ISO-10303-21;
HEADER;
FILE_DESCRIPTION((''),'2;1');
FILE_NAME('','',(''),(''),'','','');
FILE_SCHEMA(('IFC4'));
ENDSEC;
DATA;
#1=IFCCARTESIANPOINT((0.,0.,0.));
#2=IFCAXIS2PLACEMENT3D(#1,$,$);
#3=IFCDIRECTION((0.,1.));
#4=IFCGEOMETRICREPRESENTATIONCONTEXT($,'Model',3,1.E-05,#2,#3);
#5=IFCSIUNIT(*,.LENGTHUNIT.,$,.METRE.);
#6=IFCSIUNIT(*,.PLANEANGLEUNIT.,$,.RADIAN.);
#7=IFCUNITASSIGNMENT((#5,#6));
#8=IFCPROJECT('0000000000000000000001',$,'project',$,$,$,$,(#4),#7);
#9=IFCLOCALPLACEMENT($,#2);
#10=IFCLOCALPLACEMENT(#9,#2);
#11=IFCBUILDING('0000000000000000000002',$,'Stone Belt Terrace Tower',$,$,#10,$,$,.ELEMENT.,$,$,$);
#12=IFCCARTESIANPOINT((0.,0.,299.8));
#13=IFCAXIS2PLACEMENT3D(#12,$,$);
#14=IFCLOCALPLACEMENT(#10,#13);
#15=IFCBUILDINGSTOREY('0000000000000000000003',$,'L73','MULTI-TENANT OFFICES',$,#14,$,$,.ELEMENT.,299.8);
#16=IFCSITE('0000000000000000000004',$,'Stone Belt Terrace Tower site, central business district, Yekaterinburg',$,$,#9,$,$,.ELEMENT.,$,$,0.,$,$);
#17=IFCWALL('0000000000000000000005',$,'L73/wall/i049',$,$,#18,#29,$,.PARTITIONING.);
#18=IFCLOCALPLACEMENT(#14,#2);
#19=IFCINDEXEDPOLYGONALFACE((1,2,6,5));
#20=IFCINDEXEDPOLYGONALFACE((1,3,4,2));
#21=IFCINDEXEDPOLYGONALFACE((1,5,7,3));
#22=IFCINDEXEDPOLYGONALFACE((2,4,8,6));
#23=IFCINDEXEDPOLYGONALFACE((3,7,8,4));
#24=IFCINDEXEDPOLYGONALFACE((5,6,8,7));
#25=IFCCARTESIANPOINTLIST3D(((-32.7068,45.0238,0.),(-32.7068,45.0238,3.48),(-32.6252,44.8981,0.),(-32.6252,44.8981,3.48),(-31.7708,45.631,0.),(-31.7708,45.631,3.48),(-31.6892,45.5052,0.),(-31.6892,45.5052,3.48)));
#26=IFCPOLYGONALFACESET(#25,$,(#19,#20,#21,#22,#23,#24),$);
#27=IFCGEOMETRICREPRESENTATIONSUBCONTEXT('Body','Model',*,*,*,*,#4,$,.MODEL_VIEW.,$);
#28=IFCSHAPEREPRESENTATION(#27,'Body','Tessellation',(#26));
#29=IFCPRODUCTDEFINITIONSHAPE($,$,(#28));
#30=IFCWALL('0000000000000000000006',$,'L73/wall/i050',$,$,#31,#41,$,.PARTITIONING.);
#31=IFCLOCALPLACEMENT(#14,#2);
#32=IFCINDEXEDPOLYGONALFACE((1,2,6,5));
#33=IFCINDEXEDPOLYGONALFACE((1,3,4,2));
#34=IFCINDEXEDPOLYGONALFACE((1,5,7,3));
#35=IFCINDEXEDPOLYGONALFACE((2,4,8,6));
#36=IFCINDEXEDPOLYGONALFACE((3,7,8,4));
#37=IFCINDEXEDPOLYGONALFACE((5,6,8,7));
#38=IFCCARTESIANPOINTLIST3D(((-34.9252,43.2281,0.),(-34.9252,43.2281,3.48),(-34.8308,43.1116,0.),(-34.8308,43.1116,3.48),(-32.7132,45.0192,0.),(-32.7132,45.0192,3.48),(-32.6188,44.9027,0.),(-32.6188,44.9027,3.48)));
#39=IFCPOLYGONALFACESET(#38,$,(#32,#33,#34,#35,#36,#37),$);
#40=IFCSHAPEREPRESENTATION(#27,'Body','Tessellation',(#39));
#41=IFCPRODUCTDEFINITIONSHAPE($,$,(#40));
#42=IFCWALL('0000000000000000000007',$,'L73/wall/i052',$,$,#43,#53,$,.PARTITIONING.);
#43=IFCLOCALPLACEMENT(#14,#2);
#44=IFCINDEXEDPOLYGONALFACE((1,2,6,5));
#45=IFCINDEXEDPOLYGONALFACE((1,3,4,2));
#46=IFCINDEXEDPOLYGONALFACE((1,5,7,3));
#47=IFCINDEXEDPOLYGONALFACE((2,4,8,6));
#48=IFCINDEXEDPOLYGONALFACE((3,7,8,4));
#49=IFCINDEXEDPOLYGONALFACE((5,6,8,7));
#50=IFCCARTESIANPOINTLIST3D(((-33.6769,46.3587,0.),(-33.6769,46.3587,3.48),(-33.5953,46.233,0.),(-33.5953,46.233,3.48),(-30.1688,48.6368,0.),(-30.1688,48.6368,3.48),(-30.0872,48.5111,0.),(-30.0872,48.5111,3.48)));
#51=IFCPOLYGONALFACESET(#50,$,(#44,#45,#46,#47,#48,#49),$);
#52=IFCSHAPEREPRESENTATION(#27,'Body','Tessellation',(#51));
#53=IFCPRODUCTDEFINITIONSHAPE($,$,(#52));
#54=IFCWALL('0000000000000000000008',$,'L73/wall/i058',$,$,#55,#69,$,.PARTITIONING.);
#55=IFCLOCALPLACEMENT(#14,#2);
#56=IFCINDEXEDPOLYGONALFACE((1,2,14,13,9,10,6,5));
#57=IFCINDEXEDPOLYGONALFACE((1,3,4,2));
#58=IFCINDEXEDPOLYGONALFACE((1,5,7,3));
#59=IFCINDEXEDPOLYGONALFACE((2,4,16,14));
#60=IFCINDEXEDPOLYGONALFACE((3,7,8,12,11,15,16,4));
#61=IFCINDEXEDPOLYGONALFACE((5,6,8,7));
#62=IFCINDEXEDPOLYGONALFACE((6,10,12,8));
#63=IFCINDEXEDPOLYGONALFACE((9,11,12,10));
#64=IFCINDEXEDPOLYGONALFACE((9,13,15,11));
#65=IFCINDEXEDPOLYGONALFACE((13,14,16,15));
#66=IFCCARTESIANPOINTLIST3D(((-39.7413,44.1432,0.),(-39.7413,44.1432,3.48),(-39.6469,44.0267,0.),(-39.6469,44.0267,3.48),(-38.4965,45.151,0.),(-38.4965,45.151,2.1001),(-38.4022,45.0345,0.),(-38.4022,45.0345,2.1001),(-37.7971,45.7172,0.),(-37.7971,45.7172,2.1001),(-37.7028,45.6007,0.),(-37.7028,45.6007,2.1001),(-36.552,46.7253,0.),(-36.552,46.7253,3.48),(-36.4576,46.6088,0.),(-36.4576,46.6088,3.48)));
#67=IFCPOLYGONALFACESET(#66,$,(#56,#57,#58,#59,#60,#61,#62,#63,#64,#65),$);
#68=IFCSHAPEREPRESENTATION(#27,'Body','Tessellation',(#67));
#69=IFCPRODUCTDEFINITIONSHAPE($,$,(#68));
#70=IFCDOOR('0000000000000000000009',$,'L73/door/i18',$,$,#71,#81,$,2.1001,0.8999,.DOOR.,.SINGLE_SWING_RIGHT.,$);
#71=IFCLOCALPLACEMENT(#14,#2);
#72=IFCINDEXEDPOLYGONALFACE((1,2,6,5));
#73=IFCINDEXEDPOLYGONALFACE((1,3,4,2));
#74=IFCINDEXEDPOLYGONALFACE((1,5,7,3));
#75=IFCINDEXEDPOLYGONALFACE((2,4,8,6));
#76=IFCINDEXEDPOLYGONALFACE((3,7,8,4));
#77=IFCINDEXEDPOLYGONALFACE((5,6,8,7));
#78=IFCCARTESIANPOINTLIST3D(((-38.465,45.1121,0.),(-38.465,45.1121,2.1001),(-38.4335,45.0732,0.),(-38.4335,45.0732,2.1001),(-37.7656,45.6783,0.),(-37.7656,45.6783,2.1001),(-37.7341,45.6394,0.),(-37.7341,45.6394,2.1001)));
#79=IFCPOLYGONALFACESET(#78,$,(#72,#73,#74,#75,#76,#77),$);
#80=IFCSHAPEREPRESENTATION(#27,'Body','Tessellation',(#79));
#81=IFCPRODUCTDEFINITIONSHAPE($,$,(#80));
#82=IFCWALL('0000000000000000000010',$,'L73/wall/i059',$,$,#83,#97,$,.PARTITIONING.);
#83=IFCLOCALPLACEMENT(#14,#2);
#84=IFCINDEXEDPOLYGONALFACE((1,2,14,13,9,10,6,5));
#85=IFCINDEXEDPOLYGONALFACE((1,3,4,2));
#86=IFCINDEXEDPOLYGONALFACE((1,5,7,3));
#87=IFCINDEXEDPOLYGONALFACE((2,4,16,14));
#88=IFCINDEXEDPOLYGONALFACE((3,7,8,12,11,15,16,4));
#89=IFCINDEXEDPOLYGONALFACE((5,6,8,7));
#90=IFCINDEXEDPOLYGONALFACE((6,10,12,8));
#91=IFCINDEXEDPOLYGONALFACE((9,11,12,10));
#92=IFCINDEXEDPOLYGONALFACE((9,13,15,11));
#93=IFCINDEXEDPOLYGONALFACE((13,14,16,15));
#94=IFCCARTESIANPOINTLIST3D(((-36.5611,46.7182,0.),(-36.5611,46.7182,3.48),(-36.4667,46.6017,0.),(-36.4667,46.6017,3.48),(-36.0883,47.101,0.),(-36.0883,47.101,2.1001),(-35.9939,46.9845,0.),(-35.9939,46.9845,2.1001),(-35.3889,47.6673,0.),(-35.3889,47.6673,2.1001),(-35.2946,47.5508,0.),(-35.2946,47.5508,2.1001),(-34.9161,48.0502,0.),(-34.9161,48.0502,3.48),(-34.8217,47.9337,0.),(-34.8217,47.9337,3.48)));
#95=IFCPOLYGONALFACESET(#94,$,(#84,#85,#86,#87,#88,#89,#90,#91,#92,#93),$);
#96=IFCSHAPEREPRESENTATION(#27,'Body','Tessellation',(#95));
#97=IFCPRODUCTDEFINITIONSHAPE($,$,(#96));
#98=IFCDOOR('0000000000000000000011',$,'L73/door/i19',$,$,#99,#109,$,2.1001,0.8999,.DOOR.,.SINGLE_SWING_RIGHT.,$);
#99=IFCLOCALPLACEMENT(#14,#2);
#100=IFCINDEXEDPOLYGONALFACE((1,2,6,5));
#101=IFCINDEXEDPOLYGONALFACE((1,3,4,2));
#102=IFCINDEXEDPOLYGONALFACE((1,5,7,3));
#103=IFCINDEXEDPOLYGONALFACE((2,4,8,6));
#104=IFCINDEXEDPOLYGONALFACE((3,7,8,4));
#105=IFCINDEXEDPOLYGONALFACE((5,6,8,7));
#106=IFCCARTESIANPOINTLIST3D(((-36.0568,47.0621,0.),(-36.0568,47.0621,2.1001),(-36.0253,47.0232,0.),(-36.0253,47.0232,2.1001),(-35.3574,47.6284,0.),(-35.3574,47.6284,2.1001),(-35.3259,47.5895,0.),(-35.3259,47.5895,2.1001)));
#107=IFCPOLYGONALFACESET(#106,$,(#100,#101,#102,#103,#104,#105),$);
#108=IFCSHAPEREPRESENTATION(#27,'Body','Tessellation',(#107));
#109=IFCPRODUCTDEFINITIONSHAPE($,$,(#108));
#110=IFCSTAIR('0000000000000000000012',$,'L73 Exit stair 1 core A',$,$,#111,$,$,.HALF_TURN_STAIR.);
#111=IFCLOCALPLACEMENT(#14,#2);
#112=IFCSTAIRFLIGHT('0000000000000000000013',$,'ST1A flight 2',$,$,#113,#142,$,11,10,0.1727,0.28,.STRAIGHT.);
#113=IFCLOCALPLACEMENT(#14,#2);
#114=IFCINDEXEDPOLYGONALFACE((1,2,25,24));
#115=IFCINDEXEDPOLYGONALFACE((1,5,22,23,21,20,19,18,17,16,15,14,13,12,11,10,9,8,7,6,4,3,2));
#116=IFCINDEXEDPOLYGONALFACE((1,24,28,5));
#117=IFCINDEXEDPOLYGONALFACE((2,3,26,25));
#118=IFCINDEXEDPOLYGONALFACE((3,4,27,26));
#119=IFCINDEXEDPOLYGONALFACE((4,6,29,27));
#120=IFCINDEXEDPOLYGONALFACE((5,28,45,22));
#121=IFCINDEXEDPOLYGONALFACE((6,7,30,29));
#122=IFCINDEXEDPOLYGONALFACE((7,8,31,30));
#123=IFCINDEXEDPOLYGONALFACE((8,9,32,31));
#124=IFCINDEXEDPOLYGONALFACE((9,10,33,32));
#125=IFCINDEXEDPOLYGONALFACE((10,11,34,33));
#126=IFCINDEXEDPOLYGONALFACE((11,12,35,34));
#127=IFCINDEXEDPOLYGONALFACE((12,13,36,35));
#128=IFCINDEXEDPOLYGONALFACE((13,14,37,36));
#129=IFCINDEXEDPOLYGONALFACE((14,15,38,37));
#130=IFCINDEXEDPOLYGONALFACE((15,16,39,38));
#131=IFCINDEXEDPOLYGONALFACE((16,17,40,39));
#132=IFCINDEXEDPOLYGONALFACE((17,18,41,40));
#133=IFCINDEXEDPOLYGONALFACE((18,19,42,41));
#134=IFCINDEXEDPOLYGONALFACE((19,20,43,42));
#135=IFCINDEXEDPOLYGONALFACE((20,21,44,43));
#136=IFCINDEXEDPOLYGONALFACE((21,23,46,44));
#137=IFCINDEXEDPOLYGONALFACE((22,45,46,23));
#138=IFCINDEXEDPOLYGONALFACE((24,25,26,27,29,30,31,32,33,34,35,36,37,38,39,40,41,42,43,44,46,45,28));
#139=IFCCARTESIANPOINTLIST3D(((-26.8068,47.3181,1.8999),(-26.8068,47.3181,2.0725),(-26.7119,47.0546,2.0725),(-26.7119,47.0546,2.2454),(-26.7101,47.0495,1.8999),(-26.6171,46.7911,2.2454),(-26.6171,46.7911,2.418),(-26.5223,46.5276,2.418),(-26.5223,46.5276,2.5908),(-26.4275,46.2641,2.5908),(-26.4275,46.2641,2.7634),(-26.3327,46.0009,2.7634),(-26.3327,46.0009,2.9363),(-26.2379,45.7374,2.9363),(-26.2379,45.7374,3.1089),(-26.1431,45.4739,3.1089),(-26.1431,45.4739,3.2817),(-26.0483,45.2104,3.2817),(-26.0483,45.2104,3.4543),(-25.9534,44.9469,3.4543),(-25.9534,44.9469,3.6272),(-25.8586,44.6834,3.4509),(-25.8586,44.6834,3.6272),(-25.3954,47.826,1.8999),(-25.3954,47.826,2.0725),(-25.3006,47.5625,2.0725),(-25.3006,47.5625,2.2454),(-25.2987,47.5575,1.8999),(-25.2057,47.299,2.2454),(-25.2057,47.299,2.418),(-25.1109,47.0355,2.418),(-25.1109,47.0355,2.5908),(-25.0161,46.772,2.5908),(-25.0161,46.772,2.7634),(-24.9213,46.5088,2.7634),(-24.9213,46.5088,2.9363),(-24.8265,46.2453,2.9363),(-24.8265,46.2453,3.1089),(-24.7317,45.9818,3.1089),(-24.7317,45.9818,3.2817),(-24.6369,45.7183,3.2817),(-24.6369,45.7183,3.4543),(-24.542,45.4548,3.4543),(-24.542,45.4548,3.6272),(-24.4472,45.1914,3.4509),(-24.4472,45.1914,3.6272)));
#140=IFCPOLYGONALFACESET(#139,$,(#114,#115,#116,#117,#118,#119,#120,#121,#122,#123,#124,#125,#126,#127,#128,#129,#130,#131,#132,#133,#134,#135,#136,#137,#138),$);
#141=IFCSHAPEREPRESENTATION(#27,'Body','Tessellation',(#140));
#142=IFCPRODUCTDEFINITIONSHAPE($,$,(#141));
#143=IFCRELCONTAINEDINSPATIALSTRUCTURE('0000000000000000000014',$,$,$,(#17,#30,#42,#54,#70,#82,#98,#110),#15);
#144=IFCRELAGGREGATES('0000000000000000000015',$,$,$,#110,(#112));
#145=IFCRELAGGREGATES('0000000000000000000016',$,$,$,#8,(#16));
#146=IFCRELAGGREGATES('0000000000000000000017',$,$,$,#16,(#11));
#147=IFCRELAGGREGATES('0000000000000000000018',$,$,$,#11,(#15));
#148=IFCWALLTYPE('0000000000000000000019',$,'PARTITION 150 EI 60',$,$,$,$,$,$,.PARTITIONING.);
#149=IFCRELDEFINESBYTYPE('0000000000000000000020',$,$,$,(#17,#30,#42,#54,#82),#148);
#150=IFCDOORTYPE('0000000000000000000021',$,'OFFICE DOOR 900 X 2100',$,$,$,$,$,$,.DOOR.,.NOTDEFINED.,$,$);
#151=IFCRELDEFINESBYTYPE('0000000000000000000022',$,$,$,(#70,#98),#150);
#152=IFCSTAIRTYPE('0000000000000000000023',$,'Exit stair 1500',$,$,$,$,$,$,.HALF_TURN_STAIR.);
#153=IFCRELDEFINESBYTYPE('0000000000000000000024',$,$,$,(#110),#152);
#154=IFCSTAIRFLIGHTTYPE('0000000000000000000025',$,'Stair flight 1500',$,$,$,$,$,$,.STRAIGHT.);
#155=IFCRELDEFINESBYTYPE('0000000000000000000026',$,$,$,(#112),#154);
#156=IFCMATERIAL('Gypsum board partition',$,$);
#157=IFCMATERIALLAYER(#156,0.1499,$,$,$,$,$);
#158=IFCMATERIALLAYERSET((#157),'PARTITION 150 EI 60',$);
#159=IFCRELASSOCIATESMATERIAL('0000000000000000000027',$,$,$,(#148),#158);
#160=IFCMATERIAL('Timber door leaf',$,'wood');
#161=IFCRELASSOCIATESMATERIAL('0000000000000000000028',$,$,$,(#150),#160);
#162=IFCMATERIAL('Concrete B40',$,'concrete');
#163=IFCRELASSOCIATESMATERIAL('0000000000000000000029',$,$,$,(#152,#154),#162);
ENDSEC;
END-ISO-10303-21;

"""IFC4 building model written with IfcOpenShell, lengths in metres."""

from ifc_helpers import new_model, si_unit, direction, frame, frame_2d, origin, place, context, subcontext, project, spatial, polyline, rectangle, outline, extrude, material, layer, layer_set, type_object, element, fill, aggregate, save


model = new_model("IFC4")

# Units and contexts
model_context = context("Model", 3, precision=1e-05, world=origin(), true_north=direction((0.0, 1.0)))
body_context = subcontext(model_context, "Body", "Model", "MODEL_VIEW")
ifc_project = project(units=[si_unit("LENGTHUNIT", "METRE"), si_unit("PLANEANGLEUNIT", "RADIAN")], contexts=[model_context])

# Site, building, storey
site_placement = place(None, origin())
site = spatial("IfcSite", under=ifc_project, at=site_placement, Name="Stone Belt Terrace Tower site, central business district, Yekaterinburg", CompositionType="ELEMENT", RefElevation=0.0)
building_placement = place(site_placement, origin())
building = spatial("IfcBuilding", under=site, at=building_placement, Name="Stone Belt Terrace Tower", CompositionType="ELEMENT")
storey_placement = place(building_placement, frame((0.0, 0.0, 299.8)))
storey = spatial("IfcBuildingStorey", under=building, at=storey_placement, Name="L73", Description="MULTI-TENANT OFFICES", CompositionType="ELEMENT", Elevation=299.8)

# Walls
ifc_material_1 = material(Name="Gypsum board partition")
ifc_layer_1 = layer(ifc_material_1, 0.1499)
ifc_layer_set_1 = layer_set([ifc_layer_1], Name="PARTITION 150 EI 60")
wall_type_1 = type_object("IfcWallType", Name="PARTITION 150 EI 60", PredefinedType="PARTITIONING", material=ifc_layer_set_1)
wall_1_placement = place(storey_placement, frame((-31.73, 45.5681, 0.0), z_axis=(0.0, 0.0, 1.0), x_axis=(-0.838953, -0.544204, 0.0)))
element("IfcWall", 1, at=wall_1_placement, inside=storey, type_object=wall_type_1, Name="L73/wall/i049", PredefinedType="PARTITIONING", context=body_context, shape_type="SweptSolid", body=[
    extrude(rectangle(XDim=1.1157, YDim=0.1499, at=frame_2d((0.5579, 0.0))), origin(), (0.0, 0.0, 1.0), 3.48),
])
wall_2_placement = place(storey_placement, frame((-32.666, 44.9609, 0.0), z_axis=(0.0, 0.0, 1.0), x_axis=(-0.777173, -0.629287, 0.0)))
element("IfcWall", 2, at=wall_2_placement, inside=storey, type_object=wall_type_1, Name="L73/wall/i050", PredefinedType="PARTITIONING", context=body_context, shape_type="SweptSolid", body=[
    extrude(rectangle(XDim=2.8462, YDim=0.1499, at=frame_2d((1.4231, 0.0))), origin(), (0.0, 0.0, 1.0), 3.48),
])
wall_3_placement = place(storey_placement, frame((-33.636, 46.2959, 0.0), z_axis=(0.0, 0.0, 1.0), x_axis=(0.83868, 0.544625, 0.0)))
element("IfcWall", 3, at=wall_3_placement, inside=storey, type_object=wall_type_1, Name="L73/wall/i052", PredefinedType="PARTITIONING", context=body_context, shape_type="SweptSolid", body=[
    extrude(rectangle(XDim=4.1829, YDim=0.1499, at=frame_2d((2.0913, 0.0))), origin(), (0.0, 0.0, 1.0), 3.48),
])

# Walls, openings, doors
wall_4_placement = place(storey_placement, frame((-39.6941, 44.085, 0.0), z_axis=(0.0, 0.0, 1.0), x_axis=(0.77721, 0.629241, 0.0)))
wall_4 = element("IfcWall", 4, at=wall_4_placement, inside=storey, type_object=wall_type_1, Name="L73/wall/i058", PredefinedType="PARTITIONING", context=body_context, shape_type="SweptSolid", body=[
    extrude(rectangle(XDim=4.1035, YDim=0.1499, at=frame_2d((2.0518, 0.0))), origin(), (0.0, 0.0, 1.0), 3.48),
])
opening_1_placement = place(wall_4_placement, frame((1.6016, 0.0, 0.0)))
opening_1 = element("IfcOpeningElement", 5, at=opening_1_placement, cuts=wall_4, PredefinedType="OPENING", context=body_context, shape_type="SweptSolid", body=[
    extrude(rectangle(XDim=0.8999, YDim=2.1001, at=frame_2d((0.45, 1.05))), frame((0.0, 0.085, 0.0), z_axis=(0.0, -1.0, 0.0), x_axis=(1.0, 0.0, 0.0)), (0.0, 0.0, 1.0), 0.1699),
])
ifc_material_2 = material(Name="Timber door leaf", Category="wood")
door_type = type_object("IfcDoorType", Name="OFFICE DOOR 900 X 2100", OperationType="NOTDEFINED", PredefinedType="DOOR", material=ifc_material_2)
door_1_placement = place(opening_1_placement, origin())
door_1 = element("IfcDoor", 6, at=door_1_placement, inside=storey, type_object=door_type, Name="L73/door/i18", OperationType="SINGLE_SWING_RIGHT", OverallHeight=2.1001, OverallWidth=0.8999, PredefinedType="DOOR", context=body_context, shape_type="SweptSolid", body=[
    extrude(rectangle(XDim=0.8999, YDim=2.1001, at=frame_2d((0.45, 1.05))), frame((0.0, 0.0249, 0.0), z_axis=(0.0, -1.0, 0.0), x_axis=(1.0, 0.0, 0.0)), (0.0, 0.0, 1.0), 0.05),
])
fill(opening_1, door_1)
wall_5_placement = place(storey_placement, frame((-36.5139, 46.6599, 0.0), z_axis=(0.0, 0.0, 1.0), x_axis=(0.777164, 0.629298, 0.0)))
wall_5 = element("IfcWall", 7, at=wall_5_placement, inside=storey, type_object=wall_type_1, Name="L73/wall/i059", PredefinedType="PARTITIONING", context=body_context, shape_type="SweptSolid", body=[
    extrude(rectangle(XDim=2.1167, YDim=0.1499, at=frame_2d((1.0583, 0.0))), origin(), (0.0, 0.0, 1.0), 3.48),
])
opening_2_placement = place(wall_5_placement, frame((0.6084, 0.0, 0.0)))
opening_2 = element("IfcOpeningElement", 8, at=opening_2_placement, cuts=wall_5, PredefinedType="OPENING", context=body_context, shape_type="SweptSolid", body=[
    extrude(rectangle(XDim=0.8999, YDim=2.1001, at=frame_2d((0.45, 1.05))), frame((0.0, 0.085, 0.0), z_axis=(0.0, -1.0, 0.0), x_axis=(1.0, 0.0, 0.0)), (0.0, 0.0, 1.0), 0.1699),
])
door_2_placement = place(opening_2_placement, origin())
door_2 = element("IfcDoor", 9, at=door_2_placement, inside=storey, type_object=door_type, Name="L73/door/i19", OperationType="SINGLE_SWING_RIGHT", OverallHeight=2.1001, OverallWidth=0.8999, PredefinedType="DOOR", context=body_context, shape_type="SweptSolid", body=[
    extrude(rectangle(XDim=0.8999, YDim=2.1001, at=frame_2d((0.45, 1.05))), frame((0.0, 0.0249, 0.0), z_axis=(0.0, -1.0, 0.0), x_axis=(1.0, 0.0, 0.0)), (0.0, 0.0, 1.0), 0.05),
])
fill(opening_2, door_2)

# Stair, stair flight
ifc_material_3 = material(Name="Concrete B40", Category="concrete")
stair_type = type_object("IfcStairType", Name="Exit stair 1500", PredefinedType="HALF_TURN_STAIR", material=ifc_material_3)
stair_placement = place(storey_placement, origin())
stair = element("IfcStair", 10, at=stair_placement, inside=storey, type_object=stair_type, Name="L73 Exit stair 1 core A", PredefinedType="HALF_TURN_STAIR")
stair_flight_type = type_object("IfcStairFlightType", Name="Stair flight 1500", PredefinedType="STRAIGHT", material=ifc_material_3)
stair_flight_placement = place(storey_placement, frame((-26.1011, 47.572, 1.8999), z_axis=(0.0, 0.0, 1.0), x_axis=(0.338624, -0.940922, 0.0)))
stair_flight = element("IfcStairFlight", 11, at=stair_flight_placement, type_object=stair_flight_type, Name="ST1A flight 2", NumberOfRisers=11, NumberOfTreads=10, PredefinedType="STRAIGHT", RiserHeight=0.1727, TreadLength=0.28, context=body_context, shape_type="SweptSolid", body=[
    extrude(outline(polyline([(0.0, 0.0), (0.0, 0.1726), (0.28, 0.1726), (0.28, 0.3455), (0.5601, 0.3455), (0.5601, 0.5181), (0.8401, 0.5181), (0.8401, 0.6909), (1.1201, 0.6909), (1.1201, 0.8635), (1.3999, 0.8635), (1.3999, 1.0364), (1.6799, 1.0364), (1.6799, 1.209), (1.96, 1.209), (1.96, 1.3818), (2.24, 1.3818), (2.24, 1.5544), (2.52, 1.5544), (2.52, 1.7273), (2.8, 1.7273), (2.8, 1.8999), (2.8, 1.551), (0.2854, 0.0), (0.0, 0.0)])), frame((0.0, 0.75, 0.0), z_axis=(0.0, -1.0, 0.0), x_axis=(1.0, 0.0, 0.0)), (0.0, 0.0, 1.0), 1.5),
])
aggregate(stair, [stair_flight])

save(model, "model.ifc")
